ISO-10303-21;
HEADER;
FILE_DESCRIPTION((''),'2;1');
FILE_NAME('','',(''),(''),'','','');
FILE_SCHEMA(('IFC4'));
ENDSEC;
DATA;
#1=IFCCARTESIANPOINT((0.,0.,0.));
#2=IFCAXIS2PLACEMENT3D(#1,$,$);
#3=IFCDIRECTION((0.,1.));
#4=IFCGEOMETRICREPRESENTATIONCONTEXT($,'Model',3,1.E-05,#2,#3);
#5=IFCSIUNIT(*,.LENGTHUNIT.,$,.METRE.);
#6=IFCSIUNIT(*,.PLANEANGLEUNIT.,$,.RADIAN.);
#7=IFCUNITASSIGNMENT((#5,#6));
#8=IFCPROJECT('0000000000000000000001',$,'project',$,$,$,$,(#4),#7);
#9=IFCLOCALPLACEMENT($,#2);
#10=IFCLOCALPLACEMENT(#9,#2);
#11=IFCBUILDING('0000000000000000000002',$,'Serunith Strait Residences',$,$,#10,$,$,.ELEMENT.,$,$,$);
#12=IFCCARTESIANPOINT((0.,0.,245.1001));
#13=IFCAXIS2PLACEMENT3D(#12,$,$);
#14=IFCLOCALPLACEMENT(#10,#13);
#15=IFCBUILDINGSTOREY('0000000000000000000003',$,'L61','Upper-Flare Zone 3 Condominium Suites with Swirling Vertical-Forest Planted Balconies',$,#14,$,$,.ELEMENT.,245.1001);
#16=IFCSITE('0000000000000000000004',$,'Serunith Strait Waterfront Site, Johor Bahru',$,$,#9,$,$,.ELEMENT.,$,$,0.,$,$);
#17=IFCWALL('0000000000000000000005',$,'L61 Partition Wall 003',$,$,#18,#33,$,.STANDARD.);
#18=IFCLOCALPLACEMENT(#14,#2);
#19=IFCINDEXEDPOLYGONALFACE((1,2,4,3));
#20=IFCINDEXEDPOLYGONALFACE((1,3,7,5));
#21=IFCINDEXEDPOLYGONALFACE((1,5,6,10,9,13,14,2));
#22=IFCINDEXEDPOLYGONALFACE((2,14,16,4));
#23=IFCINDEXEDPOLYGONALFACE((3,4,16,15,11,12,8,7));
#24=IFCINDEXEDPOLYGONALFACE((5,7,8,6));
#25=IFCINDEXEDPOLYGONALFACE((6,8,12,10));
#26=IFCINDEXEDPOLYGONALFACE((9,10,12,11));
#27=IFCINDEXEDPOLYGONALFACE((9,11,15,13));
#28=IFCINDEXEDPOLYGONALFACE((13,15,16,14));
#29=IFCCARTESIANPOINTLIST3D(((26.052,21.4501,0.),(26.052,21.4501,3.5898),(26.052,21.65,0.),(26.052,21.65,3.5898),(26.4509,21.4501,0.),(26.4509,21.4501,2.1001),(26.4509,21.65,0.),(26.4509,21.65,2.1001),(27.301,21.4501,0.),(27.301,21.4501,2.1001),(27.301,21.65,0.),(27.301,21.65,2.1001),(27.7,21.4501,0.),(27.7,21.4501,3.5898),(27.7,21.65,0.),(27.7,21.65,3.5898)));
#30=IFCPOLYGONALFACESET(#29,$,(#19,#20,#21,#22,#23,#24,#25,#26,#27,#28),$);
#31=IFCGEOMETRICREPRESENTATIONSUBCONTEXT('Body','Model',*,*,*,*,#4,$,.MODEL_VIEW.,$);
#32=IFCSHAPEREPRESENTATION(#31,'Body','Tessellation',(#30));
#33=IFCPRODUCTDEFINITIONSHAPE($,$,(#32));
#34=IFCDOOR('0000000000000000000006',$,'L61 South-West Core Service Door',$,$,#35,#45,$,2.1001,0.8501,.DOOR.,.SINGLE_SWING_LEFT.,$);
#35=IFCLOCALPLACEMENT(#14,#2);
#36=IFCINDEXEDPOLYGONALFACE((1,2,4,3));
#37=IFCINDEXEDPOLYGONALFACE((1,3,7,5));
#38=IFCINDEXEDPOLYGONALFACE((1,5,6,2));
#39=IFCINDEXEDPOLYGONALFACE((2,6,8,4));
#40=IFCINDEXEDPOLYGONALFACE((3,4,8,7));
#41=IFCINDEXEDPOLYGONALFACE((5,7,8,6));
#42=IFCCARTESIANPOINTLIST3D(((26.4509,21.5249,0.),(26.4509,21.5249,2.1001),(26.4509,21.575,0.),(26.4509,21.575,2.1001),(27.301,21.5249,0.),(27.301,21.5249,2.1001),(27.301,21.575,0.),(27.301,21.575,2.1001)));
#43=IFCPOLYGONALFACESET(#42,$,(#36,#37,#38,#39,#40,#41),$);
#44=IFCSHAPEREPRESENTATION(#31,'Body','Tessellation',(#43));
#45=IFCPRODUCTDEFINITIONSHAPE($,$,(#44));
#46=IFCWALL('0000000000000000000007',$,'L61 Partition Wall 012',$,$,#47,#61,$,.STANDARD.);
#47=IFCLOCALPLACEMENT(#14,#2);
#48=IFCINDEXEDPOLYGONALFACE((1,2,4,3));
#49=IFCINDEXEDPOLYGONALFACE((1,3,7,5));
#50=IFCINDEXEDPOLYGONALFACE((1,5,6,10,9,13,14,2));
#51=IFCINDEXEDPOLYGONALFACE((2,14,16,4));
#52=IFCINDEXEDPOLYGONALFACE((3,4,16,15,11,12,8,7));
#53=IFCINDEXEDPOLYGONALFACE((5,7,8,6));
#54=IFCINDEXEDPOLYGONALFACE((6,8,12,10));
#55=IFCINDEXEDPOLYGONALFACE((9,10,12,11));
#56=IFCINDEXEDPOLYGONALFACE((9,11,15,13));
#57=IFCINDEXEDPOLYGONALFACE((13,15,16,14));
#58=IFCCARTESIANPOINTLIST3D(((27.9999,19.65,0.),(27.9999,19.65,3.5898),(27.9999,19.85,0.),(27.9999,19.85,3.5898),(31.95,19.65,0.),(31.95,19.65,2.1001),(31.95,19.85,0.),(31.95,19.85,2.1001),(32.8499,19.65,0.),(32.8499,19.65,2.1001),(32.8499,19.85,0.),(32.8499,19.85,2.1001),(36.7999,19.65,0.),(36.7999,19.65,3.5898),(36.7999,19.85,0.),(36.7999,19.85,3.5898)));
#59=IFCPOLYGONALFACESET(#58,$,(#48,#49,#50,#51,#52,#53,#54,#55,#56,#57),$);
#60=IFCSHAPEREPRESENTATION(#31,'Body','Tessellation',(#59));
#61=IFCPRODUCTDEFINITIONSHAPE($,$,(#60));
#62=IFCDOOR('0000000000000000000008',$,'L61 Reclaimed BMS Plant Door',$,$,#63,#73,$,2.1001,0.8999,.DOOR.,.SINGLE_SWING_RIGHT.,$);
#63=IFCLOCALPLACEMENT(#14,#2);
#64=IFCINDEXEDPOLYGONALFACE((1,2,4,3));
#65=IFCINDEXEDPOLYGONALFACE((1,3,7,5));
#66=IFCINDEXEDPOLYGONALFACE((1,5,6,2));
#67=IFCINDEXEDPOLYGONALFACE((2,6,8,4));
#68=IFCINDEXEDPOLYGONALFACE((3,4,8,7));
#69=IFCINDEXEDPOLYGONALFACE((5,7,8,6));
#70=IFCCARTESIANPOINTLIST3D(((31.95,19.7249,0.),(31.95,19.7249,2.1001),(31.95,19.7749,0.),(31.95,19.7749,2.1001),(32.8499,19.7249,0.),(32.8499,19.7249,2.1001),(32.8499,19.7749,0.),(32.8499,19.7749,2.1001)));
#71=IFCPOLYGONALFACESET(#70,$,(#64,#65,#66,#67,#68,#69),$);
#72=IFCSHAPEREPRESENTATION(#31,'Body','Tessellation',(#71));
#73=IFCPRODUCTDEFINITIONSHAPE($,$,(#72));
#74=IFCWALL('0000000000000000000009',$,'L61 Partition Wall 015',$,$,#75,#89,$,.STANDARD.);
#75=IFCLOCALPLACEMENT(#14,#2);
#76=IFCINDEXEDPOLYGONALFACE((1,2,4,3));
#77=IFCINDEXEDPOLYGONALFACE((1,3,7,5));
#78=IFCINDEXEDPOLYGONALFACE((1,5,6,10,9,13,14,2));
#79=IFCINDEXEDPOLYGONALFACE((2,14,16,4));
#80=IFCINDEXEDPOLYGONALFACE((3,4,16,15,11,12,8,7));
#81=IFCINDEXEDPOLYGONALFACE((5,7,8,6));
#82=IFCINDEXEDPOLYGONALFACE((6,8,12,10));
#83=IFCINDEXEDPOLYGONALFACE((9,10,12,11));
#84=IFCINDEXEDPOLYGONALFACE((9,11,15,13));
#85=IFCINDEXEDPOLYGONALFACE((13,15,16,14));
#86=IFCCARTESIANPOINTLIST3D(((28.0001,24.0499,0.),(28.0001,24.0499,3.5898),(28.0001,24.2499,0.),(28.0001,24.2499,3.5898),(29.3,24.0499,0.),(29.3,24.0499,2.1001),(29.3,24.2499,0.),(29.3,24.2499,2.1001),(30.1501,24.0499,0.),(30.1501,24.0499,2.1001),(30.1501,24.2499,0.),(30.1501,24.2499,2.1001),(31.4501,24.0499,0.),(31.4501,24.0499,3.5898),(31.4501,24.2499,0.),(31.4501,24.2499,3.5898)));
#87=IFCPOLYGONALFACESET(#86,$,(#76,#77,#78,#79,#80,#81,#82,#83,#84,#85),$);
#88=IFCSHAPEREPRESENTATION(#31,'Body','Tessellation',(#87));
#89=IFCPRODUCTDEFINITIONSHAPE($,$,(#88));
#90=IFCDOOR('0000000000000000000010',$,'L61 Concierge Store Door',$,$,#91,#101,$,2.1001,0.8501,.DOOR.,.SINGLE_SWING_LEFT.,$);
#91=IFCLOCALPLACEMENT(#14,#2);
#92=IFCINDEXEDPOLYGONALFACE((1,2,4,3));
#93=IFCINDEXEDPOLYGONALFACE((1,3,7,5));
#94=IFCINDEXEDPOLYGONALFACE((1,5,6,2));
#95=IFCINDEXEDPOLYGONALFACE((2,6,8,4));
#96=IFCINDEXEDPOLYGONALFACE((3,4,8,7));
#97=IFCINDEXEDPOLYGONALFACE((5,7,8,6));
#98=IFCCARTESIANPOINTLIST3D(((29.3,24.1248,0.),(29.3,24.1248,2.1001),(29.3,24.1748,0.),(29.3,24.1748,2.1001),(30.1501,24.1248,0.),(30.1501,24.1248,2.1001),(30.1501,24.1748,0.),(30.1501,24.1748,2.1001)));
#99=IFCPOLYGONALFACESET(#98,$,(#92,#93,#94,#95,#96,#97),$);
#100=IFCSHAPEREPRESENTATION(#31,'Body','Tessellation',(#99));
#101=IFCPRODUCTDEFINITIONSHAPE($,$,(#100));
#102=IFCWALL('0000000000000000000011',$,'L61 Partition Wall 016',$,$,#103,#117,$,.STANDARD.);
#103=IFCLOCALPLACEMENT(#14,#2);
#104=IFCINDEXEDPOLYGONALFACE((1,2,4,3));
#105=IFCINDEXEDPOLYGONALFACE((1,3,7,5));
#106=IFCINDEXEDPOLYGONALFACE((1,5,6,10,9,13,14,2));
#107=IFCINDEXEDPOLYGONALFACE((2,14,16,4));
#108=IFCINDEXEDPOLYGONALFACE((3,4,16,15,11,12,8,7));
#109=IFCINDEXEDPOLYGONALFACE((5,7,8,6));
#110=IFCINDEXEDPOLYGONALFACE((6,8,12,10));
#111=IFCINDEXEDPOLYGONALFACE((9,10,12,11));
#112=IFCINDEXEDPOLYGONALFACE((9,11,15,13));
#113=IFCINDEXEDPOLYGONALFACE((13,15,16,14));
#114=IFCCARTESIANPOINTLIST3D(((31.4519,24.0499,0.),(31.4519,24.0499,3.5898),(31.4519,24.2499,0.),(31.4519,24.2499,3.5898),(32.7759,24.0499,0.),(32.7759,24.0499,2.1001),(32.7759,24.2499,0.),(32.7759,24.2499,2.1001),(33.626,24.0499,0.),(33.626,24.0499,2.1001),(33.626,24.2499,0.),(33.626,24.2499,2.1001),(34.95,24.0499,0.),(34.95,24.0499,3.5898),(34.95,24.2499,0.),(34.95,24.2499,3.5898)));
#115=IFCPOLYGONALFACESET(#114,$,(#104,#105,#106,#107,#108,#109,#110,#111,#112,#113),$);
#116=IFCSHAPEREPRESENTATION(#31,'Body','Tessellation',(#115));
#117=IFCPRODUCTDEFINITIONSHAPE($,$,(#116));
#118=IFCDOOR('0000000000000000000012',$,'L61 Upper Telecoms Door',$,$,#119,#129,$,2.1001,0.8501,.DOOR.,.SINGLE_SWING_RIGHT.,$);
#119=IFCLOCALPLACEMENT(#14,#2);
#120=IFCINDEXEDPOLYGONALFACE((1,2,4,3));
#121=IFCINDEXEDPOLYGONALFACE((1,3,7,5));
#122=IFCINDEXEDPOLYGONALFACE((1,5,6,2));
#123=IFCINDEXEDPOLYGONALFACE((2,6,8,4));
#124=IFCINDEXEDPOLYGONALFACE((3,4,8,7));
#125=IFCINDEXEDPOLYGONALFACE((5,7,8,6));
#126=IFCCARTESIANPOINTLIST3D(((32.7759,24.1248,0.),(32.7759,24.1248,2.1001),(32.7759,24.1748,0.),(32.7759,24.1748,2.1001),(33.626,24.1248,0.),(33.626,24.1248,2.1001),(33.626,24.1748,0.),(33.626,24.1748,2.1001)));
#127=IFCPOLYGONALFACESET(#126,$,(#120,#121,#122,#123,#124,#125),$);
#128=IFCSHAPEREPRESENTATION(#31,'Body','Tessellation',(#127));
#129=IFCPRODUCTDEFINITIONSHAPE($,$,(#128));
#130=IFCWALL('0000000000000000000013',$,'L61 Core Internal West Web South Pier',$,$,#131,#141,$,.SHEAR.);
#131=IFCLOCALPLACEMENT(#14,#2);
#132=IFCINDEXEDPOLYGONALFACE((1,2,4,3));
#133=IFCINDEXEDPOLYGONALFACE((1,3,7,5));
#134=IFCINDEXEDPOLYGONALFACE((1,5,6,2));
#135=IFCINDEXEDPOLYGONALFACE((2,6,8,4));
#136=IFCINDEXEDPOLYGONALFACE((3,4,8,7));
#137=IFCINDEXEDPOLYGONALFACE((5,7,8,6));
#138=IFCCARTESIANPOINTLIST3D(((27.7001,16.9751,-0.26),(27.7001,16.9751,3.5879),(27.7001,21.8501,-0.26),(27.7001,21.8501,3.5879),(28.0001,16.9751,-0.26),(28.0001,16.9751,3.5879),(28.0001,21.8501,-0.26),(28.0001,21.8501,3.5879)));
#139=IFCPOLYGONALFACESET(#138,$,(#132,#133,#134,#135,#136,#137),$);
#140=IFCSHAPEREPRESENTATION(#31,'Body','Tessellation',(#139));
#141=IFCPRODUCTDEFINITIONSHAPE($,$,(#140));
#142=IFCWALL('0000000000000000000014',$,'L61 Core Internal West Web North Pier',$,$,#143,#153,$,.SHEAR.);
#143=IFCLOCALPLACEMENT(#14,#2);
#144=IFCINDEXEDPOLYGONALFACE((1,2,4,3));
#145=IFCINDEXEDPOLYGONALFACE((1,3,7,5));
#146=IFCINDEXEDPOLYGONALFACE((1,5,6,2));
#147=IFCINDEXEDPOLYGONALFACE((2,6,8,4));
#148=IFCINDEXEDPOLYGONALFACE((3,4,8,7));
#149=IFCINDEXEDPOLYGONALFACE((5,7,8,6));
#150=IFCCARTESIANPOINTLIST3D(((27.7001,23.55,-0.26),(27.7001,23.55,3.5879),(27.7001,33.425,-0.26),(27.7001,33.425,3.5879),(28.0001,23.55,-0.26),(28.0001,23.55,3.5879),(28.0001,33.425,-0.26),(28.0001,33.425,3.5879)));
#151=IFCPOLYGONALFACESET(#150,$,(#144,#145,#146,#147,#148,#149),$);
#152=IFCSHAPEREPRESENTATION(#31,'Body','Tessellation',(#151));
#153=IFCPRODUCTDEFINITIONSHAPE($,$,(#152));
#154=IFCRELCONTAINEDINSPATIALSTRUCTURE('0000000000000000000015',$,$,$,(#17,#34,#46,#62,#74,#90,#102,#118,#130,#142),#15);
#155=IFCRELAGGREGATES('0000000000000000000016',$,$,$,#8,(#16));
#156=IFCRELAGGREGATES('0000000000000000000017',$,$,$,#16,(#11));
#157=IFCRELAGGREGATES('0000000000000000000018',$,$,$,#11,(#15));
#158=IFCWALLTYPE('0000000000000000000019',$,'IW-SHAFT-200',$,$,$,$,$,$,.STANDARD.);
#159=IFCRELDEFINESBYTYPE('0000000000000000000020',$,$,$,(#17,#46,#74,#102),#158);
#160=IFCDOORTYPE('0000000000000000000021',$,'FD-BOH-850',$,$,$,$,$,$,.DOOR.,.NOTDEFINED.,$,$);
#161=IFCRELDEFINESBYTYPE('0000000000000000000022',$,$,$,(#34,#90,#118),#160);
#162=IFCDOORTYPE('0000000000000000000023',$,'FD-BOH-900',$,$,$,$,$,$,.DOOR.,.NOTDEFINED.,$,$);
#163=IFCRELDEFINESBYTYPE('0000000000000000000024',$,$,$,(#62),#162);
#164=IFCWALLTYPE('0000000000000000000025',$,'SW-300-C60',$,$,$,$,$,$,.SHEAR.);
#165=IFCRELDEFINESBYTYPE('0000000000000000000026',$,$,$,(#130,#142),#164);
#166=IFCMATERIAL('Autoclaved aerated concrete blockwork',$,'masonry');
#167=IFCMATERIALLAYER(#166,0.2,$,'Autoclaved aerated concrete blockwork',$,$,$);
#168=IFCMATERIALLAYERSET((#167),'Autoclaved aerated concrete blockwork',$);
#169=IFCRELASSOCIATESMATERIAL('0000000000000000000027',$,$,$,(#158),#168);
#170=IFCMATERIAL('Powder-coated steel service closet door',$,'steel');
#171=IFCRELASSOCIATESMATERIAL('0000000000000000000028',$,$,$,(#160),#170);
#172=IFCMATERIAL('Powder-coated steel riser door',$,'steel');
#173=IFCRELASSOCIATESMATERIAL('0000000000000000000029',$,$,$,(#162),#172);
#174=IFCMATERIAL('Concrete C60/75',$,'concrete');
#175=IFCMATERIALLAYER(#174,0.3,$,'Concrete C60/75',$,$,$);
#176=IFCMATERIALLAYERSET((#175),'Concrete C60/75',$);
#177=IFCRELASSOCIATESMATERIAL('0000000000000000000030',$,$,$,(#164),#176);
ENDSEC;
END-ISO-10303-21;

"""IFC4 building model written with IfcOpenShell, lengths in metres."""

from ifc_helpers import new_model, si_unit, direction, frame, frame_2d, origin, place, context, subcontext, project, spatial, rectangle, extrude, source, transform, mapped, material, layer, layer_set, type_object, element, fill, save


model = new_model("IFC4")

# Units and contexts
model_context = context("Model", 3, precision=1e-05, world=origin(), true_north=direction((0.0, 1.0)))
body_context = subcontext(model_context, "Body", "Model", "MODEL_VIEW")
ifc_project = project(units=[si_unit("LENGTHUNIT", "METRE"), si_unit("PLANEANGLEUNIT", "RADIAN")], contexts=[model_context])

# Site, building, storey
site_placement = place(None, origin())
site = spatial("IfcSite", under=ifc_project, at=site_placement, Name="Serunith Strait Waterfront Site, Johor Bahru", CompositionType="ELEMENT", RefElevation=0.0)
building_placement = place(site_placement, origin())
building = spatial("IfcBuilding", under=site, at=building_placement, Name="Serunith Strait Residences", CompositionType="ELEMENT")
storey_placement = place(building_placement, frame((0.0, 0.0, 245.1001)))
storey = spatial("IfcBuildingStorey", under=building, at=storey_placement, Name="L61", Description="Upper-Flare Zone 3 Condominium Suites with Swirling Vertical-Forest Planted Balconies", CompositionType="ELEMENT", Elevation=245.1001)

# Walls, openings, doors
shared_shape_1 = source(origin(), body_context, "Body", "SweptSolid", [
    extrude(rectangle(XDim=0.8501, YDim=2.1001, at=frame_2d((0.425, 1.05))), frame((0.0, 0.0249, 0.0), z_axis=(0.0, -1.0, 0.0), x_axis=(1.0, 0.0, 0.0)), (0.0, 0.0, 1.0), 0.05),
])
shared_shape_2 = source(origin(), body_context, "Body", "SweptSolid", [
    extrude(rectangle(XDim=0.8999, YDim=2.1001, at=frame_2d((0.45, 1.05))), frame((0.0, 0.0249, 0.0), z_axis=(0.0, -1.0, 0.0), x_axis=(1.0, 0.0, 0.0)), (0.0, 0.0, 1.0), 0.05),
])
ifc_material_1 = material(Name="Autoclaved aerated concrete blockwork", Category="masonry")
ifc_layer_1 = layer(ifc_material_1, 0.2, Name="Autoclaved aerated concrete blockwork")
ifc_layer_set_1 = layer_set([ifc_layer_1], Name="Autoclaved aerated concrete blockwork")
wall_type_1 = type_object("IfcWallType", Name="IW-SHAFT-200", PredefinedType="STANDARD", material=ifc_layer_set_1)
wall_1_placement = place(storey_placement, frame((26.052, 21.55, 0.0), z_axis=(0.0, 0.0, 1.0), x_axis=(1.0, 0.0, 0.0)))
wall_1 = element("IfcWall", 1, at=wall_1_placement, inside=storey, type_object=wall_type_1, Name="L61 Partition Wall 003", PredefinedType="STANDARD", context=body_context, shape_type="SweptSolid", body=[
    extrude(rectangle(XDim=1.6479, YDim=0.2, at=frame_2d((0.824, 0.0))), origin(), (0.0, 0.0, 1.0), 3.5898),
])
opening_1_placement = place(wall_1_placement, frame((0.3989, 0.0, 0.0)))
opening_1 = element("IfcOpeningElement", 2, at=opening_1_placement, cuts=wall_1, PredefinedType="OPENING", context=body_context, shape_type="SweptSolid", body=[
    extrude(rectangle(XDim=0.8501, YDim=2.1001, at=frame_2d((0.425, 1.05))), frame((0.0, 0.1099, 0.0), z_axis=(0.0, -1.0, 0.0), x_axis=(1.0, 0.0, 0.0)), (0.0, 0.0, 1.0), 0.22),
])
ifc_material_2 = material(Name="Powder-coated steel service closet door", Category="steel")
door_type_1 = type_object("IfcDoorType", Name="FD-BOH-850", OperationType="NOTDEFINED", PredefinedType="DOOR", material=ifc_material_2)
door_1_placement = place(opening_1_placement, origin())
door_1 = element("IfcDoor", 3, at=door_1_placement, inside=storey, type_object=door_type_1, Name="L61 South-West Core Service Door", OperationType="SINGLE_SWING_LEFT", OverallHeight=2.1001, OverallWidth=0.8501, PredefinedType="DOOR", context=body_context, shape_type="MappedRepresentation", body=[
    mapped(shared_shape_1, transform((0.0, 0.0, 0.0), scale=1.0)),
])
fill(opening_1, door_1)
wall_2_placement = place(storey_placement, frame((28.0, 19.75, 0.0), z_axis=(0.0, 0.0, 1.0), x_axis=(1.0, 0.0, 0.0)))
wall_2 = element("IfcWall", 4, at=wall_2_placement, inside=storey, type_object=wall_type_1, Name="L61 Partition Wall 012", PredefinedType="STANDARD", context=body_context, shape_type="SweptSolid", body=[
    extrude(rectangle(XDim=8.8, YDim=0.2, at=frame_2d((4.3999, 0.0))), origin(), (0.0, 0.0, 1.0), 3.5898),
])
opening_2_placement = place(wall_2_placement, frame((3.95, 0.0, 0.0)))
opening_2 = element("IfcOpeningElement", 5, at=opening_2_placement, cuts=wall_2, PredefinedType="OPENING", context=body_context, shape_type="SweptSolid", body=[
    extrude(rectangle(XDim=0.8999, YDim=2.1001, at=frame_2d((0.45, 1.05))), frame((0.0, 0.1099, 0.0), z_axis=(0.0, -1.0, 0.0), x_axis=(1.0, 0.0, 0.0)), (0.0, 0.0, 1.0), 0.22),
])
ifc_material_3 = material(Name="Powder-coated steel riser door", Category="steel")
door_type_2 = type_object("IfcDoorType", Name="FD-BOH-900", OperationType="NOTDEFINED", PredefinedType="DOOR", material=ifc_material_3)
door_2_placement = place(opening_2_placement, origin())
door_2 = element("IfcDoor", 6, at=door_2_placement, inside=storey, type_object=door_type_2, Name="L61 Reclaimed BMS Plant Door", OperationType="SINGLE_SWING_RIGHT", OverallHeight=2.1001, OverallWidth=0.8999, PredefinedType="DOOR", context=body_context, shape_type="MappedRepresentation", body=[
    mapped(shared_shape_2, transform((0.0, 0.0, 0.0), scale=1.0)),
])
fill(opening_2, door_2)
wall_3_placement = place(storey_placement, frame((28.0, 24.1499, 0.0), z_axis=(0.0, 0.0, 1.0), x_axis=(1.0, 0.0, 0.0)))
wall_3 = element("IfcWall", 7, at=wall_3_placement, inside=storey, type_object=wall_type_1, Name="L61 Partition Wall 015", PredefinedType="STANDARD", context=body_context, shape_type="SweptSolid", body=[
    extrude(rectangle(XDim=3.45, YDim=0.2, at=frame_2d((1.7251, 0.0))), origin(), (0.0, 0.0, 1.0), 3.5898),
])
opening_3_placement = place(wall_3_placement, frame((1.3, 0.0, 0.0)))
opening_3 = element("IfcOpeningElement", 8, at=opening_3_placement, cuts=wall_3, PredefinedType="OPENING", context=body_context, shape_type="SweptSolid", body=[
    extrude(rectangle(XDim=0.8501, YDim=2.1001, at=frame_2d((0.425, 1.05))), frame((0.0, 0.1099, 0.0), z_axis=(0.0, -1.0, 0.0), x_axis=(1.0, 0.0, 0.0)), (0.0, 0.0, 1.0), 0.22),
])
door_3_placement = place(opening_3_placement, origin())
door_3 = element("IfcDoor", 9, at=door_3_placement, inside=storey, type_object=door_type_1, Name="L61 Concierge Store Door", OperationType="SINGLE_SWING_LEFT", OverallHeight=2.1001, OverallWidth=0.8501, PredefinedType="DOOR", context=body_context, shape_type="MappedRepresentation", body=[
    mapped(shared_shape_1, transform((0.0, 0.0, 0.0), scale=1.0)),
])
fill(opening_3, door_3)
wall_4_placement = place(storey_placement, frame((31.4519, 24.1499, 0.0), z_axis=(0.0, 0.0, 1.0), x_axis=(1.0, 0.0, 0.0)))
wall_4 = element("IfcWall", 10, at=wall_4_placement, inside=storey, type_object=wall_type_1, Name="L61 Partition Wall 016", PredefinedType="STANDARD", context=body_context, shape_type="SweptSolid", body=[
    extrude(rectangle(XDim=3.498, YDim=0.2, at=frame_2d((1.749, 0.0))), origin(), (0.0, 0.0, 1.0), 3.5898),
])
opening_4_placement = place(wall_4_placement, frame((1.324, 0.0, 0.0)))
opening_4 = element("IfcOpeningElement", 11, at=opening_4_placement, cuts=wall_4, PredefinedType="OPENING", context=body_context, shape_type="SweptSolid", body=[
    extrude(rectangle(XDim=0.8501, YDim=2.1001, at=frame_2d((0.425, 1.05))), frame((0.0, 0.1099, 0.0), z_axis=(0.0, -1.0, 0.0), x_axis=(1.0, 0.0, 0.0)), (0.0, 0.0, 1.0), 0.22),
])
door_4_placement = place(opening_4_placement, origin())
door_4 = element("IfcDoor", 12, at=door_4_placement, inside=storey, type_object=door_type_1, Name="L61 Upper Telecoms Door", OperationType="SINGLE_SWING_RIGHT", OverallHeight=2.1001, OverallWidth=0.8501, PredefinedType="DOOR", context=body_context, shape_type="MappedRepresentation", body=[
    mapped(shared_shape_1, transform((0.0, 0.0, 0.0), scale=1.0)),
])
fill(opening_4, door_4)

# Walls
ifc_material_4 = material(Name="Concrete C60/75", Category="concrete")
ifc_layer_2 = layer(ifc_material_4, 0.3, Name="Concrete C60/75")
ifc_layer_set_2 = layer_set([ifc_layer_2], Name="Concrete C60/75")
wall_type_2 = type_object("IfcWallType", Name="SW-300-C60", PredefinedType="SHEAR", material=ifc_layer_set_2)
wall_5_placement = place(storey_placement, frame((27.8501, 16.9751, -0.26), z_axis=(0.0, 0.0, 1.0), x_axis=(0.0, 1.0, 0.0)))
element("IfcWall", 13, at=wall_5_placement, inside=storey, type_object=wall_type_2, Name="L61 Core Internal West Web South Pier", PredefinedType="SHEAR", context=body_context, shape_type="SweptSolid", body=[
    extrude(rectangle(XDim=4.875, YDim=0.3, at=frame_2d((2.4375, 0.0))), origin(), (0.0, 0.0, 1.0), 3.8479),
])
wall_6_placement = place(storey_placement, frame((27.8501, 23.55, -0.26), z_axis=(0.0, 0.0, 1.0), x_axis=(0.0, 1.0, 0.0)))
element("IfcWall", 14, at=wall_6_placement, inside=storey, type_object=wall_type_2, Name="L61 Core Internal West Web North Pier", PredefinedType="SHEAR", context=body_context, shape_type="SweptSolid", body=[
    extrude(rectangle(XDim=9.875, YDim=0.3, at=frame_2d((4.9375, 0.0))), origin(), (0.0, 0.0, 1.0), 3.8479),
])

save(model, "model.ifc")
